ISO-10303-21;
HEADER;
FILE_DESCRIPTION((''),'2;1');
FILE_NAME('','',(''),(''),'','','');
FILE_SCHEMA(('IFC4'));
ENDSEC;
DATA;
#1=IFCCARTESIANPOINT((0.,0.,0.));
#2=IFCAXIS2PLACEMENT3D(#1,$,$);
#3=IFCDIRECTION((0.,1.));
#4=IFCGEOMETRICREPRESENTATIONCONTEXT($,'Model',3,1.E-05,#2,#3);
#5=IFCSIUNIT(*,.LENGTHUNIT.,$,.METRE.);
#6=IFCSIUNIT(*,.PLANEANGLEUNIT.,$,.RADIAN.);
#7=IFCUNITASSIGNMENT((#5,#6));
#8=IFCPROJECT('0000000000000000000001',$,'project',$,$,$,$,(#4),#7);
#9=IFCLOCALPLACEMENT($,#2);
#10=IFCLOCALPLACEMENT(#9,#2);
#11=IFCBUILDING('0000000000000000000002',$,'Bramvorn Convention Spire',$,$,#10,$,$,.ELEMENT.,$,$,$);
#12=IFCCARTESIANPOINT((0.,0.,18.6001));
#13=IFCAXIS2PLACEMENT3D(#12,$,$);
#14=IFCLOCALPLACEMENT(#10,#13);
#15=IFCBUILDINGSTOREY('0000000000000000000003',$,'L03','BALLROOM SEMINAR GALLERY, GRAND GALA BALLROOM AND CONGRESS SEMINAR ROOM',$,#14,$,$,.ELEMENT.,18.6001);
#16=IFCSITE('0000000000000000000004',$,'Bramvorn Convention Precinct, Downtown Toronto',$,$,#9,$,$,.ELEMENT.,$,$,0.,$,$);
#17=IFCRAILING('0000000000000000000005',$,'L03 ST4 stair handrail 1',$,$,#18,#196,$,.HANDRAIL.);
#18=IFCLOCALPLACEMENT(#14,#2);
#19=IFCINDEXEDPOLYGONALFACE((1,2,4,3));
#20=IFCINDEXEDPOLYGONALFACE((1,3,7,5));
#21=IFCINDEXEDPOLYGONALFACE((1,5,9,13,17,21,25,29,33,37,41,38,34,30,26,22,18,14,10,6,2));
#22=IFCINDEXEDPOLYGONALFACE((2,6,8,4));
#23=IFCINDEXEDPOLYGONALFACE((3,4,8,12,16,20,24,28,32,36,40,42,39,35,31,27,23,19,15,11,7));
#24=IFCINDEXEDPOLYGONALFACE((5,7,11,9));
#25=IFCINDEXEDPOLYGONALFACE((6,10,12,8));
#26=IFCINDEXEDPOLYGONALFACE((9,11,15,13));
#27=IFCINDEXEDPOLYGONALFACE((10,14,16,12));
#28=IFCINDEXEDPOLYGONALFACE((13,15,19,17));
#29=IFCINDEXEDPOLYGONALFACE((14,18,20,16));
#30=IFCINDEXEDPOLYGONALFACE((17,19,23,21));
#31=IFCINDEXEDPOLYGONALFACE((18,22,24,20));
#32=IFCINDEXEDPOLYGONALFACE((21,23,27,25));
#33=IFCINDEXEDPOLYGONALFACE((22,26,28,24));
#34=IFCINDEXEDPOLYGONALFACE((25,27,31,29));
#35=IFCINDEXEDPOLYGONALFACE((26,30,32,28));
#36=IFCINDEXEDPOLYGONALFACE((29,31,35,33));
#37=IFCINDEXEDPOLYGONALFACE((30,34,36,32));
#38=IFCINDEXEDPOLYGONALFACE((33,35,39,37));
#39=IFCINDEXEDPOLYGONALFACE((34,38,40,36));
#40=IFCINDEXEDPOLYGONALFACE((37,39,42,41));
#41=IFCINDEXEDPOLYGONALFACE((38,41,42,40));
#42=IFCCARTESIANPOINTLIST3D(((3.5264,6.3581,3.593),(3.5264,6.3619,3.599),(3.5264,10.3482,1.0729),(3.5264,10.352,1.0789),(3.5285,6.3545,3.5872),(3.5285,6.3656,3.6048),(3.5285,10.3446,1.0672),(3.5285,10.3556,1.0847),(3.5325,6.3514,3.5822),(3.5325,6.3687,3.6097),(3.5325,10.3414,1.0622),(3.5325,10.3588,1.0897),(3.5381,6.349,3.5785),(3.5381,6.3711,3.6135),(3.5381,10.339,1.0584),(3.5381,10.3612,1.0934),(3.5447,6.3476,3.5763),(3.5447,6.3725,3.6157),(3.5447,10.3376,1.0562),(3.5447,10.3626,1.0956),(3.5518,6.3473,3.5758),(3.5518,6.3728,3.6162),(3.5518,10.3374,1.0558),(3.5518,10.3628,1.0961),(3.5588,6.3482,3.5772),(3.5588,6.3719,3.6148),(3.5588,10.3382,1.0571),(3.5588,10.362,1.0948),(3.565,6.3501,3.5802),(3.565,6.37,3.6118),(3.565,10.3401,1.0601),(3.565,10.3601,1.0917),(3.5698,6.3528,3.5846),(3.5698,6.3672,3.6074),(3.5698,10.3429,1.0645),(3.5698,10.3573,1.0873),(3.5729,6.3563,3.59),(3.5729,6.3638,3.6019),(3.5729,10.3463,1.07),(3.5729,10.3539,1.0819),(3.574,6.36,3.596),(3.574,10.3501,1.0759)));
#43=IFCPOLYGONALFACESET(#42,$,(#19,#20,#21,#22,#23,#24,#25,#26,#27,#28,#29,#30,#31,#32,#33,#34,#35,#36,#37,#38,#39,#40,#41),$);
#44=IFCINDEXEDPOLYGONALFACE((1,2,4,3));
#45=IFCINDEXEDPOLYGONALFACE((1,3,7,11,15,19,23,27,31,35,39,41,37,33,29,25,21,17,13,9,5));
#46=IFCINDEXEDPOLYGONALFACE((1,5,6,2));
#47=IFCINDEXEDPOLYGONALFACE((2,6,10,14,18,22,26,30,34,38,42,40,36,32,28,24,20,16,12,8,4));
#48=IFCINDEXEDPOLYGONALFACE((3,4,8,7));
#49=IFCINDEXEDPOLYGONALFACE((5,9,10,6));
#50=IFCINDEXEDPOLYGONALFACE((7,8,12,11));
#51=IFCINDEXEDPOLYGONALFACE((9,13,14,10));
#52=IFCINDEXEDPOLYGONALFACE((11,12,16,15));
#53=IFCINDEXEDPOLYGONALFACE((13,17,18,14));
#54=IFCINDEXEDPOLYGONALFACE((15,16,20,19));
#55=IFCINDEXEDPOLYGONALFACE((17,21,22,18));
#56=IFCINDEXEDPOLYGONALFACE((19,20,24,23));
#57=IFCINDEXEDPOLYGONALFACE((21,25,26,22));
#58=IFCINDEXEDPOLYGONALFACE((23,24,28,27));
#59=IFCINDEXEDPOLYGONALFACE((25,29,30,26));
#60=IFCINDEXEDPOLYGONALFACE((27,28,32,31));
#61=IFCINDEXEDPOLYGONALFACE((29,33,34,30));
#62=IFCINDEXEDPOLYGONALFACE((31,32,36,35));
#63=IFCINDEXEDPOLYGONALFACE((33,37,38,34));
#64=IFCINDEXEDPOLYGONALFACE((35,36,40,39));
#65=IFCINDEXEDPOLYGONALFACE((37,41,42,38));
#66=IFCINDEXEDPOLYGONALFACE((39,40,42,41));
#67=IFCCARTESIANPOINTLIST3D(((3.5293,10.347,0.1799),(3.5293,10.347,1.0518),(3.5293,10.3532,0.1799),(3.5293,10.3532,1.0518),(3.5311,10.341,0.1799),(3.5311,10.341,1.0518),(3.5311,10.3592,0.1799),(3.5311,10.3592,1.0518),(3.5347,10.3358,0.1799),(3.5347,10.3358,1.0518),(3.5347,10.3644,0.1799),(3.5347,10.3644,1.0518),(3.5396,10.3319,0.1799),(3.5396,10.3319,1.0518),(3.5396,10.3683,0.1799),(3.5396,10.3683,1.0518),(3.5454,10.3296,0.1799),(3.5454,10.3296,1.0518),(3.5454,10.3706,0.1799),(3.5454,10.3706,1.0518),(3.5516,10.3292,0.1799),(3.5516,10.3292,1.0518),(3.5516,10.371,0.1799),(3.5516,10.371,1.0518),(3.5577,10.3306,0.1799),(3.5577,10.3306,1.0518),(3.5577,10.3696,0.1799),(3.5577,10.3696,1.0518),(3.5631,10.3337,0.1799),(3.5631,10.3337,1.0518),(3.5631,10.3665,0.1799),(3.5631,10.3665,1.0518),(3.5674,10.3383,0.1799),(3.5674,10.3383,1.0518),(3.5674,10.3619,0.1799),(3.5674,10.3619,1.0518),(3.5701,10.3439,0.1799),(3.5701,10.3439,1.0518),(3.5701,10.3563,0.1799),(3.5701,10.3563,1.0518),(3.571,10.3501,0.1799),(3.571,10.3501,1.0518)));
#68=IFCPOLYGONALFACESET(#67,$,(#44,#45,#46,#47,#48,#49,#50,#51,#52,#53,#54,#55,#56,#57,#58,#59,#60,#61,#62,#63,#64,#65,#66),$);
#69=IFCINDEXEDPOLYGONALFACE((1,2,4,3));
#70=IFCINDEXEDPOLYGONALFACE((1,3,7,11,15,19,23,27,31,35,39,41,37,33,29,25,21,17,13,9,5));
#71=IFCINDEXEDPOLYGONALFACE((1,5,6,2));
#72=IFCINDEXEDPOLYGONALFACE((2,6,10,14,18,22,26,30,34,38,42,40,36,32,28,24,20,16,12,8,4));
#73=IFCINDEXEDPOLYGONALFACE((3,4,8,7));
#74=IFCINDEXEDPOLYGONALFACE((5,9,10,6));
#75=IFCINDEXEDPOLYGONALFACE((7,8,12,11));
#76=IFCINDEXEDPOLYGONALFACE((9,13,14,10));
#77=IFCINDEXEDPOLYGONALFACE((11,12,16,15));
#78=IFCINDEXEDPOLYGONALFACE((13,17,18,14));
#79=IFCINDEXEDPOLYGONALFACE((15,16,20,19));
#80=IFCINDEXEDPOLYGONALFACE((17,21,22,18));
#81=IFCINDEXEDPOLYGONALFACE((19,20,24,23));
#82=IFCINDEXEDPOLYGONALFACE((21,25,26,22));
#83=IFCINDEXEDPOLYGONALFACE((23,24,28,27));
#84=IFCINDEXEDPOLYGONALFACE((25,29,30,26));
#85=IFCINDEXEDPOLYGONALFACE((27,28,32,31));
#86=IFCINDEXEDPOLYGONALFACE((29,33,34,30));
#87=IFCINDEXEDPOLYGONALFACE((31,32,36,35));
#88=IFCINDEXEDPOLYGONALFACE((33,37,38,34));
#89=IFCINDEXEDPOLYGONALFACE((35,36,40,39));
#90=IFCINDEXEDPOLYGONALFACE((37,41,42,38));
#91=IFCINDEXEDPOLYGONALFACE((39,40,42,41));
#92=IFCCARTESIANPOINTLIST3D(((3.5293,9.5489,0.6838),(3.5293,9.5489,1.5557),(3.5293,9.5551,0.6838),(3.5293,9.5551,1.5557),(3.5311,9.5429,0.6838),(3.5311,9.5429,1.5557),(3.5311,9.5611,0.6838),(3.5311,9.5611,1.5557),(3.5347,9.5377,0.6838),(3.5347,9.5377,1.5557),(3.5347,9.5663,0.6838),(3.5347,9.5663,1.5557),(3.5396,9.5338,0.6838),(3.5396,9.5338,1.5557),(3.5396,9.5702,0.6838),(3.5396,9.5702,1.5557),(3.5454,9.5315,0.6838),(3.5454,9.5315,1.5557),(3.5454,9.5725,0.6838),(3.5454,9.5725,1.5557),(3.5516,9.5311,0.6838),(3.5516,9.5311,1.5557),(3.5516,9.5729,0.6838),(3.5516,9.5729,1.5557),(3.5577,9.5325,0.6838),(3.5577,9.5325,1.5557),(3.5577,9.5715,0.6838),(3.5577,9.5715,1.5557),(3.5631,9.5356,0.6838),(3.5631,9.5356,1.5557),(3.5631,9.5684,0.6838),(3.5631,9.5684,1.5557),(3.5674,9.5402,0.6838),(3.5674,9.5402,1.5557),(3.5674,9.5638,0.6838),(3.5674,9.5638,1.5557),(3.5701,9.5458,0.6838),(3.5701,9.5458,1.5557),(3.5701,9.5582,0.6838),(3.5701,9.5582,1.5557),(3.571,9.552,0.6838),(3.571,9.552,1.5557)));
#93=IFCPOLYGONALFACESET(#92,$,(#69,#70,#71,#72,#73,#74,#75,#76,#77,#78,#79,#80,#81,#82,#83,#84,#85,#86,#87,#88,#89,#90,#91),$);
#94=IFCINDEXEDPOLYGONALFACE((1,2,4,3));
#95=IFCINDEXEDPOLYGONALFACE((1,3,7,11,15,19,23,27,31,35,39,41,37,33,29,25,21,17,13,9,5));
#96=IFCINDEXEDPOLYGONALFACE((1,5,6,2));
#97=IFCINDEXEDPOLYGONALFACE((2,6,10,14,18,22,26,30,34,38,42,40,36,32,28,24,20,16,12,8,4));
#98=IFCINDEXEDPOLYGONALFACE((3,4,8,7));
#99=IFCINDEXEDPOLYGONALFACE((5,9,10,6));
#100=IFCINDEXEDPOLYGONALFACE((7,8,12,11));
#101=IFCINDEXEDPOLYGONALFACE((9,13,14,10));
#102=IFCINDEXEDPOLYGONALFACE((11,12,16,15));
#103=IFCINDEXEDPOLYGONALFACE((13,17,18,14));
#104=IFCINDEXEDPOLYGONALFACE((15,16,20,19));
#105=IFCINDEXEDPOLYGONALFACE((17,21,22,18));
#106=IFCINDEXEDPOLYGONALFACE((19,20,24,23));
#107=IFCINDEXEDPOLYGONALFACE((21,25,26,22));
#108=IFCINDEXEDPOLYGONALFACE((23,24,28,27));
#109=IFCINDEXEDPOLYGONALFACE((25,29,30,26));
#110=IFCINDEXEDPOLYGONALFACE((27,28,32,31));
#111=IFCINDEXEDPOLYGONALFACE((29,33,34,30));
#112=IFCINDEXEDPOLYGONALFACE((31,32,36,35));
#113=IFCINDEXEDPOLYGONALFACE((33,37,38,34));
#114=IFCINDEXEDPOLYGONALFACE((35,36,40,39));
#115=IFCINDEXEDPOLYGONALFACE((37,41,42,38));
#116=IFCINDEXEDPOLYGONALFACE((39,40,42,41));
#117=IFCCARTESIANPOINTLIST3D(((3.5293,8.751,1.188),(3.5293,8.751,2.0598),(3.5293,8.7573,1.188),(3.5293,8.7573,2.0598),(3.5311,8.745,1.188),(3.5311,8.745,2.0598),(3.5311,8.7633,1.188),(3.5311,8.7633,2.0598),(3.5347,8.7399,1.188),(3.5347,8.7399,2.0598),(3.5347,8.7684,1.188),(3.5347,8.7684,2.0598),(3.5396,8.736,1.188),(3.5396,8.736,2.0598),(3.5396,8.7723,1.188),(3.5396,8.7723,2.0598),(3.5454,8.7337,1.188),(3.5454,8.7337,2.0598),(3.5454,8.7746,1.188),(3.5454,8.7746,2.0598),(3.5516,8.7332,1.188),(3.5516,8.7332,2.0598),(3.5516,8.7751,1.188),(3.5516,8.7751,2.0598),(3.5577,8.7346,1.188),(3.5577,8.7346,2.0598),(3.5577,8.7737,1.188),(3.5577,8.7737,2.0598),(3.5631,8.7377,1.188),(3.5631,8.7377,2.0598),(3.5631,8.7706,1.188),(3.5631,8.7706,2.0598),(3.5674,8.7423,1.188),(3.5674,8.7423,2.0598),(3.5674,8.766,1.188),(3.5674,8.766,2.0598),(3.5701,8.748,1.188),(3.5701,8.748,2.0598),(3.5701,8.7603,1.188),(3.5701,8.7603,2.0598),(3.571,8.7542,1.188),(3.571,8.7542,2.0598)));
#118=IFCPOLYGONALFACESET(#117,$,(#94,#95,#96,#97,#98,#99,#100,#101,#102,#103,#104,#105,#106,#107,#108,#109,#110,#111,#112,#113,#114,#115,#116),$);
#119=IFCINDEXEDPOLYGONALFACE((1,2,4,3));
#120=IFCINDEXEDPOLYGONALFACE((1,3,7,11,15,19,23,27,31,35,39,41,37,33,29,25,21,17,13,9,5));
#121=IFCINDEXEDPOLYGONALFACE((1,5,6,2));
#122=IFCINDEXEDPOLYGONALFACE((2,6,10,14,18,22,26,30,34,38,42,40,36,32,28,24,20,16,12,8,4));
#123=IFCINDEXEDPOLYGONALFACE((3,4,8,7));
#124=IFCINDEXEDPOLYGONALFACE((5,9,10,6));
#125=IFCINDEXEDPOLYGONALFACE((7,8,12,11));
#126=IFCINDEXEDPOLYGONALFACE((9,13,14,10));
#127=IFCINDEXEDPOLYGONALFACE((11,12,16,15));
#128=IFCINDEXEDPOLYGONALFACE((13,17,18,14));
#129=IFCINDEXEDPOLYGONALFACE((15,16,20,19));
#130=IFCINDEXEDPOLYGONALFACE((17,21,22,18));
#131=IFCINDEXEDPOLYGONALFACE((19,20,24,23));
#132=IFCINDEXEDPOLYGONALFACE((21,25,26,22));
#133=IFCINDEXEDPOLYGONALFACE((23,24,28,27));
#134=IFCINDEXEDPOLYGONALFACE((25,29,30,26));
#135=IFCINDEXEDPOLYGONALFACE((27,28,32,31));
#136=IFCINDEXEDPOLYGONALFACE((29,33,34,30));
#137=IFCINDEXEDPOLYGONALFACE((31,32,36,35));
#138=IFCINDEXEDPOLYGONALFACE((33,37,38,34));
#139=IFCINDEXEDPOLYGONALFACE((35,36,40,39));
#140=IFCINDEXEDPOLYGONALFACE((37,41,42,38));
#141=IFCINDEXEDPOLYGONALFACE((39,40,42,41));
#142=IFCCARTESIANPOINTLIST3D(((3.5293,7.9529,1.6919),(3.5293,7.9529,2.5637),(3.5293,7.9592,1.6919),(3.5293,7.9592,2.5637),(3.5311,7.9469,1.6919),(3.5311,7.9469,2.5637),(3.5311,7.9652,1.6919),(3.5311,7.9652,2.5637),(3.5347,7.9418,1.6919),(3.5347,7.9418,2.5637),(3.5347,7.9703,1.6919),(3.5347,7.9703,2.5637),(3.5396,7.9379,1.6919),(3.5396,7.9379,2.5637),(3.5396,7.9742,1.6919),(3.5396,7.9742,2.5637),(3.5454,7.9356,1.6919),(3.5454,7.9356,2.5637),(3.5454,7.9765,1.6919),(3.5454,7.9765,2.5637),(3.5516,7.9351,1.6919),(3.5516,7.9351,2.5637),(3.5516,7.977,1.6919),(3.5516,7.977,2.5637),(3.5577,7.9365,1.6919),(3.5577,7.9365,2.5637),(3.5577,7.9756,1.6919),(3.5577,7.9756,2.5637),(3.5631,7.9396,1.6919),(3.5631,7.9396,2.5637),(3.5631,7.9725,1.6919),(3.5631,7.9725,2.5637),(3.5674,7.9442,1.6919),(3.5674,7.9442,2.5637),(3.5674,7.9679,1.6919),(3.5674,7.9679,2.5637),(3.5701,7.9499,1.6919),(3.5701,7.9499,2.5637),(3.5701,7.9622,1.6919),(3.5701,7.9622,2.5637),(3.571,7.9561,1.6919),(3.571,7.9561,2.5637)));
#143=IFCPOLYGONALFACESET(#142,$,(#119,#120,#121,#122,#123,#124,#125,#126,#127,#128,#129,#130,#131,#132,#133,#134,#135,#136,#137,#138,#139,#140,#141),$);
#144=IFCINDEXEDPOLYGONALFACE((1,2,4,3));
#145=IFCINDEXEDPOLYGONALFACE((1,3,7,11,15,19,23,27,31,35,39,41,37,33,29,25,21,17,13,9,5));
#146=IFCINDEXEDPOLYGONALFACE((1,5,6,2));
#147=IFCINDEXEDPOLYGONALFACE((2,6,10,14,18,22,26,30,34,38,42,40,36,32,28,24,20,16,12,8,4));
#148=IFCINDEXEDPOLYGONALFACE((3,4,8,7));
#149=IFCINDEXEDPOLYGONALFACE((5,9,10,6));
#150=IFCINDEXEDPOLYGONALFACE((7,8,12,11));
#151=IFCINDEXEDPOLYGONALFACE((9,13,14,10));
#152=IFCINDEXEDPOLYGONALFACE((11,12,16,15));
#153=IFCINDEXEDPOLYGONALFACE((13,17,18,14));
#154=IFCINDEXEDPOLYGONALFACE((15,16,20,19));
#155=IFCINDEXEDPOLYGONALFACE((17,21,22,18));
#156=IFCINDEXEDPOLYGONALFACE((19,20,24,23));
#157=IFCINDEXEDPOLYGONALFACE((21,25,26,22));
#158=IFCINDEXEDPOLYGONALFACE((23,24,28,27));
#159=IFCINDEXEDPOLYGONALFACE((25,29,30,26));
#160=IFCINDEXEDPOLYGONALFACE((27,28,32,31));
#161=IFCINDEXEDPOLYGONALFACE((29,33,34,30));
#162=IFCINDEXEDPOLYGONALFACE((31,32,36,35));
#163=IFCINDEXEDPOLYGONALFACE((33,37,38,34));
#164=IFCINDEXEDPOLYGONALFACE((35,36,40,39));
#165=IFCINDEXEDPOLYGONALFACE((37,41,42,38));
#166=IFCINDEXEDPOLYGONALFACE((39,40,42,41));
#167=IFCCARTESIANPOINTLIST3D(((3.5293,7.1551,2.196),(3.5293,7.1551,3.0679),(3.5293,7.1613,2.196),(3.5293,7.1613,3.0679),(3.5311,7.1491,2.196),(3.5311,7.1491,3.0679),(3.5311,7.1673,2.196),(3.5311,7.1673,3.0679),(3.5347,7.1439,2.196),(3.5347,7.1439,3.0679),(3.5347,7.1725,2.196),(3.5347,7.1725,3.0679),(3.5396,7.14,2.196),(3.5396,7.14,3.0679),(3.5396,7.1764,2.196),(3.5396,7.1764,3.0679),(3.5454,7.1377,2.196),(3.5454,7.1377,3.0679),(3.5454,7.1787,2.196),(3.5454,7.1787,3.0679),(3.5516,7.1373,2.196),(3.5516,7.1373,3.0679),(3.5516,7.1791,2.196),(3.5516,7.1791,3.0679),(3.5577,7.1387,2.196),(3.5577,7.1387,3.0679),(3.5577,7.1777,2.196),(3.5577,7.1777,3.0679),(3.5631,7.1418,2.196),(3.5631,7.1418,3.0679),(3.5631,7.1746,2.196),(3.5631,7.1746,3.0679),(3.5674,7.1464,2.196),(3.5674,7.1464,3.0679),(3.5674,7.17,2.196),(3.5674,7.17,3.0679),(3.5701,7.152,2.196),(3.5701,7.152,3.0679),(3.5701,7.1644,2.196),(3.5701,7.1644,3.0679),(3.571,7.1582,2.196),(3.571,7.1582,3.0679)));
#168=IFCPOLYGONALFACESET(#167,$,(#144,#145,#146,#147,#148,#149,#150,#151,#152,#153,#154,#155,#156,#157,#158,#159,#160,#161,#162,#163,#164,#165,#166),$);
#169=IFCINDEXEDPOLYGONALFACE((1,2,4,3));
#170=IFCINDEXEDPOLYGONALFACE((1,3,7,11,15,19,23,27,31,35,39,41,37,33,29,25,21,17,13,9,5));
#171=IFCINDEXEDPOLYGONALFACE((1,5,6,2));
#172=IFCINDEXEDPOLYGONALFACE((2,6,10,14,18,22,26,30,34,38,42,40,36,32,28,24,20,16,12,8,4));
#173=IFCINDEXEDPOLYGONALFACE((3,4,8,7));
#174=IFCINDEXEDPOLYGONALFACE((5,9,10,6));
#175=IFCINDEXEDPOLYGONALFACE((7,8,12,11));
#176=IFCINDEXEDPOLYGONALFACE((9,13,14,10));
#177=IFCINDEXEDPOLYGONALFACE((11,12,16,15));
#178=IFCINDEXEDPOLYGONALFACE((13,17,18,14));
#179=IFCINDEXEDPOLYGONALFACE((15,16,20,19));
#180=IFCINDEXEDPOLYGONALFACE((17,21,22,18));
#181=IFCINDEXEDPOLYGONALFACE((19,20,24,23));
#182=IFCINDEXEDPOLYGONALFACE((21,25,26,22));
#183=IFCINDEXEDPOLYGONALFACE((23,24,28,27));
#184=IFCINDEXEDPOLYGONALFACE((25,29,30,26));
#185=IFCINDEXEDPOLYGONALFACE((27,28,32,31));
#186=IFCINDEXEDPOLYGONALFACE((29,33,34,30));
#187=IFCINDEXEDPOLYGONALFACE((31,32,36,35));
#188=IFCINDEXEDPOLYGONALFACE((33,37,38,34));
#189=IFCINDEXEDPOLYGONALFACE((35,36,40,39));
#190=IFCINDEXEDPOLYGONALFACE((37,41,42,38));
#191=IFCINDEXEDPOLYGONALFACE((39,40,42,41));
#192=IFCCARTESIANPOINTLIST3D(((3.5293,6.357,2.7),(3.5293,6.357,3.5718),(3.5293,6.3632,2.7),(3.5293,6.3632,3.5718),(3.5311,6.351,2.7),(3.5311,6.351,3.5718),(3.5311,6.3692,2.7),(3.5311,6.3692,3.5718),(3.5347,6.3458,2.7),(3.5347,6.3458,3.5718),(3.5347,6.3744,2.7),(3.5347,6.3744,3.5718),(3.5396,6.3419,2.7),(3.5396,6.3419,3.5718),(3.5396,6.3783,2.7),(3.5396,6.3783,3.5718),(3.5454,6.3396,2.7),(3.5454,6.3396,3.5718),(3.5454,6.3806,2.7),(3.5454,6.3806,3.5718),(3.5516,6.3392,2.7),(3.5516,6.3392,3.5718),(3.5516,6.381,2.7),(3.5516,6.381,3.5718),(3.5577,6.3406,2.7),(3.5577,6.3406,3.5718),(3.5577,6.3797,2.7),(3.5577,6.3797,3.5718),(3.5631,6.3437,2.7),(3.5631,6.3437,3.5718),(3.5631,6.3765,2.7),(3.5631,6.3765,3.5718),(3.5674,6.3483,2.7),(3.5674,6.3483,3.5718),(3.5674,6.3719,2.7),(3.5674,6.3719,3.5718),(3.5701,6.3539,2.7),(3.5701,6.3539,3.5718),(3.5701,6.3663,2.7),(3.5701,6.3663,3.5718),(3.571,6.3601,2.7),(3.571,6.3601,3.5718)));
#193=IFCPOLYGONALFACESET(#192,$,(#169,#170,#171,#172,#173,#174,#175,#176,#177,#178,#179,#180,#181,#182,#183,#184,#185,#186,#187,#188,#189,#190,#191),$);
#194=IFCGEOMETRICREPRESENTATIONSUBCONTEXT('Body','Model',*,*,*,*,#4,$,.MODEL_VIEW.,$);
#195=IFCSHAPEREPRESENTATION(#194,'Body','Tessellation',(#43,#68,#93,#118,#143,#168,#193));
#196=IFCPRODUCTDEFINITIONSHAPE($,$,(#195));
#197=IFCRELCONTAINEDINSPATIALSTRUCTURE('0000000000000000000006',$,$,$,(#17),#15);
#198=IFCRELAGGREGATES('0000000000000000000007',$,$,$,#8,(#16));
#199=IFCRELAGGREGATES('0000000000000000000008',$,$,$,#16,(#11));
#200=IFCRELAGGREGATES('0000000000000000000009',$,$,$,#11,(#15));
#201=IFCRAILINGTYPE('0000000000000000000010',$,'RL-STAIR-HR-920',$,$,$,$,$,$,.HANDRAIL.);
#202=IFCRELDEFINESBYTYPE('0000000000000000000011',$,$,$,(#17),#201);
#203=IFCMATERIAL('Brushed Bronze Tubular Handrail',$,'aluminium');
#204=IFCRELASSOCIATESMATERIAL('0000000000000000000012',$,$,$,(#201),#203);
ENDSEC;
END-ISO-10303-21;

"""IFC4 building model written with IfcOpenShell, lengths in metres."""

from ifc_helpers import new_model, si_unit, direction, frame, origin, origin_2d, place, context, subcontext, project, spatial, circle, extrude, material, type_object, element, save


model = new_model("IFC4")

# Units and contexts
model_context = context("Model", 3, precision=1e-05, world=origin(), true_north=direction((0.0, 1.0)))
body_context = subcontext(model_context, "Body", "Model", "MODEL_VIEW")
ifc_project = project(units=[si_unit("LENGTHUNIT", "METRE"), si_unit("PLANEANGLEUNIT", "RADIAN")], contexts=[model_context])

# Site, building, storey
site_placement = place(None, origin())
site = spatial("IfcSite", under=ifc_project, at=site_placement, Name="Bramvorn Convention Precinct, Downtown Toronto", CompositionType="ELEMENT", RefElevation=0.0)
building_placement = place(site_placement, origin())
building = spatial("IfcBuilding", under=site, at=building_placement, Name="Bramvorn Convention Spire", CompositionType="ELEMENT")
storey_placement = place(building_placement, frame((0.0, 0.0, 18.6001)))
storey = spatial("IfcBuildingStorey", under=building, at=storey_placement, Name="L03", Description="BALLROOM SEMINAR GALLERY, GRAND GALA BALLROOM AND CONGRESS SEMINAR ROOM", CompositionType="ELEMENT", Elevation=18.6001)

# Railing
ifc_material_1 = material(Name="Brushed Bronze Tubular Handrail", Category="aluminium")
railing_type_1 = type_object("IfcRailingType", Name="RL-STAIR-HR-920", PredefinedType="HANDRAIL", material=ifc_material_1)
railing_1_placement = place(storey_placement, frame((3.55, 10.3501, 0.1799)))
element("IfcRailing", 1, at=railing_1_placement, inside=storey, type_object=railing_type_1, Name="L03 ST4 stair handrail 1", PredefinedType="HANDRAIL", context=body_context, shape_type="SweptSolid", body=[
    extrude(circle(Radius=0.0239, at=origin_2d()), frame((0.0, 0.0, 0.896), z_axis=(0.0, -0.845486, 0.533997), x_axis=(1.0, 0.0, 0.0)), (0.0, 0.0, 1.0), 4.7192),
    extrude(circle(Radius=0.021, at=origin_2d()), origin(), (0.0, 0.0, 1.0), 0.8718),
    extrude(circle(Radius=0.021, at=origin_2d()), frame((0.0, -0.7981, 0.5039)), (0.0, 0.0, 1.0), 0.8718),
    extrude(circle(Radius=0.021, at=origin_2d()), frame((0.0, -1.5959, 1.0081)), (0.0, 0.0, 1.0), 0.8718),
    extrude(circle(Radius=0.021, at=origin_2d()), frame((0.0, -2.394, 1.512)), (0.0, 0.0, 1.0), 0.8718),
    extrude(circle(Radius=0.021, at=origin_2d()), frame((0.0, -3.1919, 2.0161)), (0.0, 0.0, 1.0), 0.8718),
    extrude(circle(Radius=0.021, at=origin_2d()), frame((0.0, -3.99, 2.52)), (0.0, 0.0, 1.0), 0.8718),
])

save(model, "model.ifc")
